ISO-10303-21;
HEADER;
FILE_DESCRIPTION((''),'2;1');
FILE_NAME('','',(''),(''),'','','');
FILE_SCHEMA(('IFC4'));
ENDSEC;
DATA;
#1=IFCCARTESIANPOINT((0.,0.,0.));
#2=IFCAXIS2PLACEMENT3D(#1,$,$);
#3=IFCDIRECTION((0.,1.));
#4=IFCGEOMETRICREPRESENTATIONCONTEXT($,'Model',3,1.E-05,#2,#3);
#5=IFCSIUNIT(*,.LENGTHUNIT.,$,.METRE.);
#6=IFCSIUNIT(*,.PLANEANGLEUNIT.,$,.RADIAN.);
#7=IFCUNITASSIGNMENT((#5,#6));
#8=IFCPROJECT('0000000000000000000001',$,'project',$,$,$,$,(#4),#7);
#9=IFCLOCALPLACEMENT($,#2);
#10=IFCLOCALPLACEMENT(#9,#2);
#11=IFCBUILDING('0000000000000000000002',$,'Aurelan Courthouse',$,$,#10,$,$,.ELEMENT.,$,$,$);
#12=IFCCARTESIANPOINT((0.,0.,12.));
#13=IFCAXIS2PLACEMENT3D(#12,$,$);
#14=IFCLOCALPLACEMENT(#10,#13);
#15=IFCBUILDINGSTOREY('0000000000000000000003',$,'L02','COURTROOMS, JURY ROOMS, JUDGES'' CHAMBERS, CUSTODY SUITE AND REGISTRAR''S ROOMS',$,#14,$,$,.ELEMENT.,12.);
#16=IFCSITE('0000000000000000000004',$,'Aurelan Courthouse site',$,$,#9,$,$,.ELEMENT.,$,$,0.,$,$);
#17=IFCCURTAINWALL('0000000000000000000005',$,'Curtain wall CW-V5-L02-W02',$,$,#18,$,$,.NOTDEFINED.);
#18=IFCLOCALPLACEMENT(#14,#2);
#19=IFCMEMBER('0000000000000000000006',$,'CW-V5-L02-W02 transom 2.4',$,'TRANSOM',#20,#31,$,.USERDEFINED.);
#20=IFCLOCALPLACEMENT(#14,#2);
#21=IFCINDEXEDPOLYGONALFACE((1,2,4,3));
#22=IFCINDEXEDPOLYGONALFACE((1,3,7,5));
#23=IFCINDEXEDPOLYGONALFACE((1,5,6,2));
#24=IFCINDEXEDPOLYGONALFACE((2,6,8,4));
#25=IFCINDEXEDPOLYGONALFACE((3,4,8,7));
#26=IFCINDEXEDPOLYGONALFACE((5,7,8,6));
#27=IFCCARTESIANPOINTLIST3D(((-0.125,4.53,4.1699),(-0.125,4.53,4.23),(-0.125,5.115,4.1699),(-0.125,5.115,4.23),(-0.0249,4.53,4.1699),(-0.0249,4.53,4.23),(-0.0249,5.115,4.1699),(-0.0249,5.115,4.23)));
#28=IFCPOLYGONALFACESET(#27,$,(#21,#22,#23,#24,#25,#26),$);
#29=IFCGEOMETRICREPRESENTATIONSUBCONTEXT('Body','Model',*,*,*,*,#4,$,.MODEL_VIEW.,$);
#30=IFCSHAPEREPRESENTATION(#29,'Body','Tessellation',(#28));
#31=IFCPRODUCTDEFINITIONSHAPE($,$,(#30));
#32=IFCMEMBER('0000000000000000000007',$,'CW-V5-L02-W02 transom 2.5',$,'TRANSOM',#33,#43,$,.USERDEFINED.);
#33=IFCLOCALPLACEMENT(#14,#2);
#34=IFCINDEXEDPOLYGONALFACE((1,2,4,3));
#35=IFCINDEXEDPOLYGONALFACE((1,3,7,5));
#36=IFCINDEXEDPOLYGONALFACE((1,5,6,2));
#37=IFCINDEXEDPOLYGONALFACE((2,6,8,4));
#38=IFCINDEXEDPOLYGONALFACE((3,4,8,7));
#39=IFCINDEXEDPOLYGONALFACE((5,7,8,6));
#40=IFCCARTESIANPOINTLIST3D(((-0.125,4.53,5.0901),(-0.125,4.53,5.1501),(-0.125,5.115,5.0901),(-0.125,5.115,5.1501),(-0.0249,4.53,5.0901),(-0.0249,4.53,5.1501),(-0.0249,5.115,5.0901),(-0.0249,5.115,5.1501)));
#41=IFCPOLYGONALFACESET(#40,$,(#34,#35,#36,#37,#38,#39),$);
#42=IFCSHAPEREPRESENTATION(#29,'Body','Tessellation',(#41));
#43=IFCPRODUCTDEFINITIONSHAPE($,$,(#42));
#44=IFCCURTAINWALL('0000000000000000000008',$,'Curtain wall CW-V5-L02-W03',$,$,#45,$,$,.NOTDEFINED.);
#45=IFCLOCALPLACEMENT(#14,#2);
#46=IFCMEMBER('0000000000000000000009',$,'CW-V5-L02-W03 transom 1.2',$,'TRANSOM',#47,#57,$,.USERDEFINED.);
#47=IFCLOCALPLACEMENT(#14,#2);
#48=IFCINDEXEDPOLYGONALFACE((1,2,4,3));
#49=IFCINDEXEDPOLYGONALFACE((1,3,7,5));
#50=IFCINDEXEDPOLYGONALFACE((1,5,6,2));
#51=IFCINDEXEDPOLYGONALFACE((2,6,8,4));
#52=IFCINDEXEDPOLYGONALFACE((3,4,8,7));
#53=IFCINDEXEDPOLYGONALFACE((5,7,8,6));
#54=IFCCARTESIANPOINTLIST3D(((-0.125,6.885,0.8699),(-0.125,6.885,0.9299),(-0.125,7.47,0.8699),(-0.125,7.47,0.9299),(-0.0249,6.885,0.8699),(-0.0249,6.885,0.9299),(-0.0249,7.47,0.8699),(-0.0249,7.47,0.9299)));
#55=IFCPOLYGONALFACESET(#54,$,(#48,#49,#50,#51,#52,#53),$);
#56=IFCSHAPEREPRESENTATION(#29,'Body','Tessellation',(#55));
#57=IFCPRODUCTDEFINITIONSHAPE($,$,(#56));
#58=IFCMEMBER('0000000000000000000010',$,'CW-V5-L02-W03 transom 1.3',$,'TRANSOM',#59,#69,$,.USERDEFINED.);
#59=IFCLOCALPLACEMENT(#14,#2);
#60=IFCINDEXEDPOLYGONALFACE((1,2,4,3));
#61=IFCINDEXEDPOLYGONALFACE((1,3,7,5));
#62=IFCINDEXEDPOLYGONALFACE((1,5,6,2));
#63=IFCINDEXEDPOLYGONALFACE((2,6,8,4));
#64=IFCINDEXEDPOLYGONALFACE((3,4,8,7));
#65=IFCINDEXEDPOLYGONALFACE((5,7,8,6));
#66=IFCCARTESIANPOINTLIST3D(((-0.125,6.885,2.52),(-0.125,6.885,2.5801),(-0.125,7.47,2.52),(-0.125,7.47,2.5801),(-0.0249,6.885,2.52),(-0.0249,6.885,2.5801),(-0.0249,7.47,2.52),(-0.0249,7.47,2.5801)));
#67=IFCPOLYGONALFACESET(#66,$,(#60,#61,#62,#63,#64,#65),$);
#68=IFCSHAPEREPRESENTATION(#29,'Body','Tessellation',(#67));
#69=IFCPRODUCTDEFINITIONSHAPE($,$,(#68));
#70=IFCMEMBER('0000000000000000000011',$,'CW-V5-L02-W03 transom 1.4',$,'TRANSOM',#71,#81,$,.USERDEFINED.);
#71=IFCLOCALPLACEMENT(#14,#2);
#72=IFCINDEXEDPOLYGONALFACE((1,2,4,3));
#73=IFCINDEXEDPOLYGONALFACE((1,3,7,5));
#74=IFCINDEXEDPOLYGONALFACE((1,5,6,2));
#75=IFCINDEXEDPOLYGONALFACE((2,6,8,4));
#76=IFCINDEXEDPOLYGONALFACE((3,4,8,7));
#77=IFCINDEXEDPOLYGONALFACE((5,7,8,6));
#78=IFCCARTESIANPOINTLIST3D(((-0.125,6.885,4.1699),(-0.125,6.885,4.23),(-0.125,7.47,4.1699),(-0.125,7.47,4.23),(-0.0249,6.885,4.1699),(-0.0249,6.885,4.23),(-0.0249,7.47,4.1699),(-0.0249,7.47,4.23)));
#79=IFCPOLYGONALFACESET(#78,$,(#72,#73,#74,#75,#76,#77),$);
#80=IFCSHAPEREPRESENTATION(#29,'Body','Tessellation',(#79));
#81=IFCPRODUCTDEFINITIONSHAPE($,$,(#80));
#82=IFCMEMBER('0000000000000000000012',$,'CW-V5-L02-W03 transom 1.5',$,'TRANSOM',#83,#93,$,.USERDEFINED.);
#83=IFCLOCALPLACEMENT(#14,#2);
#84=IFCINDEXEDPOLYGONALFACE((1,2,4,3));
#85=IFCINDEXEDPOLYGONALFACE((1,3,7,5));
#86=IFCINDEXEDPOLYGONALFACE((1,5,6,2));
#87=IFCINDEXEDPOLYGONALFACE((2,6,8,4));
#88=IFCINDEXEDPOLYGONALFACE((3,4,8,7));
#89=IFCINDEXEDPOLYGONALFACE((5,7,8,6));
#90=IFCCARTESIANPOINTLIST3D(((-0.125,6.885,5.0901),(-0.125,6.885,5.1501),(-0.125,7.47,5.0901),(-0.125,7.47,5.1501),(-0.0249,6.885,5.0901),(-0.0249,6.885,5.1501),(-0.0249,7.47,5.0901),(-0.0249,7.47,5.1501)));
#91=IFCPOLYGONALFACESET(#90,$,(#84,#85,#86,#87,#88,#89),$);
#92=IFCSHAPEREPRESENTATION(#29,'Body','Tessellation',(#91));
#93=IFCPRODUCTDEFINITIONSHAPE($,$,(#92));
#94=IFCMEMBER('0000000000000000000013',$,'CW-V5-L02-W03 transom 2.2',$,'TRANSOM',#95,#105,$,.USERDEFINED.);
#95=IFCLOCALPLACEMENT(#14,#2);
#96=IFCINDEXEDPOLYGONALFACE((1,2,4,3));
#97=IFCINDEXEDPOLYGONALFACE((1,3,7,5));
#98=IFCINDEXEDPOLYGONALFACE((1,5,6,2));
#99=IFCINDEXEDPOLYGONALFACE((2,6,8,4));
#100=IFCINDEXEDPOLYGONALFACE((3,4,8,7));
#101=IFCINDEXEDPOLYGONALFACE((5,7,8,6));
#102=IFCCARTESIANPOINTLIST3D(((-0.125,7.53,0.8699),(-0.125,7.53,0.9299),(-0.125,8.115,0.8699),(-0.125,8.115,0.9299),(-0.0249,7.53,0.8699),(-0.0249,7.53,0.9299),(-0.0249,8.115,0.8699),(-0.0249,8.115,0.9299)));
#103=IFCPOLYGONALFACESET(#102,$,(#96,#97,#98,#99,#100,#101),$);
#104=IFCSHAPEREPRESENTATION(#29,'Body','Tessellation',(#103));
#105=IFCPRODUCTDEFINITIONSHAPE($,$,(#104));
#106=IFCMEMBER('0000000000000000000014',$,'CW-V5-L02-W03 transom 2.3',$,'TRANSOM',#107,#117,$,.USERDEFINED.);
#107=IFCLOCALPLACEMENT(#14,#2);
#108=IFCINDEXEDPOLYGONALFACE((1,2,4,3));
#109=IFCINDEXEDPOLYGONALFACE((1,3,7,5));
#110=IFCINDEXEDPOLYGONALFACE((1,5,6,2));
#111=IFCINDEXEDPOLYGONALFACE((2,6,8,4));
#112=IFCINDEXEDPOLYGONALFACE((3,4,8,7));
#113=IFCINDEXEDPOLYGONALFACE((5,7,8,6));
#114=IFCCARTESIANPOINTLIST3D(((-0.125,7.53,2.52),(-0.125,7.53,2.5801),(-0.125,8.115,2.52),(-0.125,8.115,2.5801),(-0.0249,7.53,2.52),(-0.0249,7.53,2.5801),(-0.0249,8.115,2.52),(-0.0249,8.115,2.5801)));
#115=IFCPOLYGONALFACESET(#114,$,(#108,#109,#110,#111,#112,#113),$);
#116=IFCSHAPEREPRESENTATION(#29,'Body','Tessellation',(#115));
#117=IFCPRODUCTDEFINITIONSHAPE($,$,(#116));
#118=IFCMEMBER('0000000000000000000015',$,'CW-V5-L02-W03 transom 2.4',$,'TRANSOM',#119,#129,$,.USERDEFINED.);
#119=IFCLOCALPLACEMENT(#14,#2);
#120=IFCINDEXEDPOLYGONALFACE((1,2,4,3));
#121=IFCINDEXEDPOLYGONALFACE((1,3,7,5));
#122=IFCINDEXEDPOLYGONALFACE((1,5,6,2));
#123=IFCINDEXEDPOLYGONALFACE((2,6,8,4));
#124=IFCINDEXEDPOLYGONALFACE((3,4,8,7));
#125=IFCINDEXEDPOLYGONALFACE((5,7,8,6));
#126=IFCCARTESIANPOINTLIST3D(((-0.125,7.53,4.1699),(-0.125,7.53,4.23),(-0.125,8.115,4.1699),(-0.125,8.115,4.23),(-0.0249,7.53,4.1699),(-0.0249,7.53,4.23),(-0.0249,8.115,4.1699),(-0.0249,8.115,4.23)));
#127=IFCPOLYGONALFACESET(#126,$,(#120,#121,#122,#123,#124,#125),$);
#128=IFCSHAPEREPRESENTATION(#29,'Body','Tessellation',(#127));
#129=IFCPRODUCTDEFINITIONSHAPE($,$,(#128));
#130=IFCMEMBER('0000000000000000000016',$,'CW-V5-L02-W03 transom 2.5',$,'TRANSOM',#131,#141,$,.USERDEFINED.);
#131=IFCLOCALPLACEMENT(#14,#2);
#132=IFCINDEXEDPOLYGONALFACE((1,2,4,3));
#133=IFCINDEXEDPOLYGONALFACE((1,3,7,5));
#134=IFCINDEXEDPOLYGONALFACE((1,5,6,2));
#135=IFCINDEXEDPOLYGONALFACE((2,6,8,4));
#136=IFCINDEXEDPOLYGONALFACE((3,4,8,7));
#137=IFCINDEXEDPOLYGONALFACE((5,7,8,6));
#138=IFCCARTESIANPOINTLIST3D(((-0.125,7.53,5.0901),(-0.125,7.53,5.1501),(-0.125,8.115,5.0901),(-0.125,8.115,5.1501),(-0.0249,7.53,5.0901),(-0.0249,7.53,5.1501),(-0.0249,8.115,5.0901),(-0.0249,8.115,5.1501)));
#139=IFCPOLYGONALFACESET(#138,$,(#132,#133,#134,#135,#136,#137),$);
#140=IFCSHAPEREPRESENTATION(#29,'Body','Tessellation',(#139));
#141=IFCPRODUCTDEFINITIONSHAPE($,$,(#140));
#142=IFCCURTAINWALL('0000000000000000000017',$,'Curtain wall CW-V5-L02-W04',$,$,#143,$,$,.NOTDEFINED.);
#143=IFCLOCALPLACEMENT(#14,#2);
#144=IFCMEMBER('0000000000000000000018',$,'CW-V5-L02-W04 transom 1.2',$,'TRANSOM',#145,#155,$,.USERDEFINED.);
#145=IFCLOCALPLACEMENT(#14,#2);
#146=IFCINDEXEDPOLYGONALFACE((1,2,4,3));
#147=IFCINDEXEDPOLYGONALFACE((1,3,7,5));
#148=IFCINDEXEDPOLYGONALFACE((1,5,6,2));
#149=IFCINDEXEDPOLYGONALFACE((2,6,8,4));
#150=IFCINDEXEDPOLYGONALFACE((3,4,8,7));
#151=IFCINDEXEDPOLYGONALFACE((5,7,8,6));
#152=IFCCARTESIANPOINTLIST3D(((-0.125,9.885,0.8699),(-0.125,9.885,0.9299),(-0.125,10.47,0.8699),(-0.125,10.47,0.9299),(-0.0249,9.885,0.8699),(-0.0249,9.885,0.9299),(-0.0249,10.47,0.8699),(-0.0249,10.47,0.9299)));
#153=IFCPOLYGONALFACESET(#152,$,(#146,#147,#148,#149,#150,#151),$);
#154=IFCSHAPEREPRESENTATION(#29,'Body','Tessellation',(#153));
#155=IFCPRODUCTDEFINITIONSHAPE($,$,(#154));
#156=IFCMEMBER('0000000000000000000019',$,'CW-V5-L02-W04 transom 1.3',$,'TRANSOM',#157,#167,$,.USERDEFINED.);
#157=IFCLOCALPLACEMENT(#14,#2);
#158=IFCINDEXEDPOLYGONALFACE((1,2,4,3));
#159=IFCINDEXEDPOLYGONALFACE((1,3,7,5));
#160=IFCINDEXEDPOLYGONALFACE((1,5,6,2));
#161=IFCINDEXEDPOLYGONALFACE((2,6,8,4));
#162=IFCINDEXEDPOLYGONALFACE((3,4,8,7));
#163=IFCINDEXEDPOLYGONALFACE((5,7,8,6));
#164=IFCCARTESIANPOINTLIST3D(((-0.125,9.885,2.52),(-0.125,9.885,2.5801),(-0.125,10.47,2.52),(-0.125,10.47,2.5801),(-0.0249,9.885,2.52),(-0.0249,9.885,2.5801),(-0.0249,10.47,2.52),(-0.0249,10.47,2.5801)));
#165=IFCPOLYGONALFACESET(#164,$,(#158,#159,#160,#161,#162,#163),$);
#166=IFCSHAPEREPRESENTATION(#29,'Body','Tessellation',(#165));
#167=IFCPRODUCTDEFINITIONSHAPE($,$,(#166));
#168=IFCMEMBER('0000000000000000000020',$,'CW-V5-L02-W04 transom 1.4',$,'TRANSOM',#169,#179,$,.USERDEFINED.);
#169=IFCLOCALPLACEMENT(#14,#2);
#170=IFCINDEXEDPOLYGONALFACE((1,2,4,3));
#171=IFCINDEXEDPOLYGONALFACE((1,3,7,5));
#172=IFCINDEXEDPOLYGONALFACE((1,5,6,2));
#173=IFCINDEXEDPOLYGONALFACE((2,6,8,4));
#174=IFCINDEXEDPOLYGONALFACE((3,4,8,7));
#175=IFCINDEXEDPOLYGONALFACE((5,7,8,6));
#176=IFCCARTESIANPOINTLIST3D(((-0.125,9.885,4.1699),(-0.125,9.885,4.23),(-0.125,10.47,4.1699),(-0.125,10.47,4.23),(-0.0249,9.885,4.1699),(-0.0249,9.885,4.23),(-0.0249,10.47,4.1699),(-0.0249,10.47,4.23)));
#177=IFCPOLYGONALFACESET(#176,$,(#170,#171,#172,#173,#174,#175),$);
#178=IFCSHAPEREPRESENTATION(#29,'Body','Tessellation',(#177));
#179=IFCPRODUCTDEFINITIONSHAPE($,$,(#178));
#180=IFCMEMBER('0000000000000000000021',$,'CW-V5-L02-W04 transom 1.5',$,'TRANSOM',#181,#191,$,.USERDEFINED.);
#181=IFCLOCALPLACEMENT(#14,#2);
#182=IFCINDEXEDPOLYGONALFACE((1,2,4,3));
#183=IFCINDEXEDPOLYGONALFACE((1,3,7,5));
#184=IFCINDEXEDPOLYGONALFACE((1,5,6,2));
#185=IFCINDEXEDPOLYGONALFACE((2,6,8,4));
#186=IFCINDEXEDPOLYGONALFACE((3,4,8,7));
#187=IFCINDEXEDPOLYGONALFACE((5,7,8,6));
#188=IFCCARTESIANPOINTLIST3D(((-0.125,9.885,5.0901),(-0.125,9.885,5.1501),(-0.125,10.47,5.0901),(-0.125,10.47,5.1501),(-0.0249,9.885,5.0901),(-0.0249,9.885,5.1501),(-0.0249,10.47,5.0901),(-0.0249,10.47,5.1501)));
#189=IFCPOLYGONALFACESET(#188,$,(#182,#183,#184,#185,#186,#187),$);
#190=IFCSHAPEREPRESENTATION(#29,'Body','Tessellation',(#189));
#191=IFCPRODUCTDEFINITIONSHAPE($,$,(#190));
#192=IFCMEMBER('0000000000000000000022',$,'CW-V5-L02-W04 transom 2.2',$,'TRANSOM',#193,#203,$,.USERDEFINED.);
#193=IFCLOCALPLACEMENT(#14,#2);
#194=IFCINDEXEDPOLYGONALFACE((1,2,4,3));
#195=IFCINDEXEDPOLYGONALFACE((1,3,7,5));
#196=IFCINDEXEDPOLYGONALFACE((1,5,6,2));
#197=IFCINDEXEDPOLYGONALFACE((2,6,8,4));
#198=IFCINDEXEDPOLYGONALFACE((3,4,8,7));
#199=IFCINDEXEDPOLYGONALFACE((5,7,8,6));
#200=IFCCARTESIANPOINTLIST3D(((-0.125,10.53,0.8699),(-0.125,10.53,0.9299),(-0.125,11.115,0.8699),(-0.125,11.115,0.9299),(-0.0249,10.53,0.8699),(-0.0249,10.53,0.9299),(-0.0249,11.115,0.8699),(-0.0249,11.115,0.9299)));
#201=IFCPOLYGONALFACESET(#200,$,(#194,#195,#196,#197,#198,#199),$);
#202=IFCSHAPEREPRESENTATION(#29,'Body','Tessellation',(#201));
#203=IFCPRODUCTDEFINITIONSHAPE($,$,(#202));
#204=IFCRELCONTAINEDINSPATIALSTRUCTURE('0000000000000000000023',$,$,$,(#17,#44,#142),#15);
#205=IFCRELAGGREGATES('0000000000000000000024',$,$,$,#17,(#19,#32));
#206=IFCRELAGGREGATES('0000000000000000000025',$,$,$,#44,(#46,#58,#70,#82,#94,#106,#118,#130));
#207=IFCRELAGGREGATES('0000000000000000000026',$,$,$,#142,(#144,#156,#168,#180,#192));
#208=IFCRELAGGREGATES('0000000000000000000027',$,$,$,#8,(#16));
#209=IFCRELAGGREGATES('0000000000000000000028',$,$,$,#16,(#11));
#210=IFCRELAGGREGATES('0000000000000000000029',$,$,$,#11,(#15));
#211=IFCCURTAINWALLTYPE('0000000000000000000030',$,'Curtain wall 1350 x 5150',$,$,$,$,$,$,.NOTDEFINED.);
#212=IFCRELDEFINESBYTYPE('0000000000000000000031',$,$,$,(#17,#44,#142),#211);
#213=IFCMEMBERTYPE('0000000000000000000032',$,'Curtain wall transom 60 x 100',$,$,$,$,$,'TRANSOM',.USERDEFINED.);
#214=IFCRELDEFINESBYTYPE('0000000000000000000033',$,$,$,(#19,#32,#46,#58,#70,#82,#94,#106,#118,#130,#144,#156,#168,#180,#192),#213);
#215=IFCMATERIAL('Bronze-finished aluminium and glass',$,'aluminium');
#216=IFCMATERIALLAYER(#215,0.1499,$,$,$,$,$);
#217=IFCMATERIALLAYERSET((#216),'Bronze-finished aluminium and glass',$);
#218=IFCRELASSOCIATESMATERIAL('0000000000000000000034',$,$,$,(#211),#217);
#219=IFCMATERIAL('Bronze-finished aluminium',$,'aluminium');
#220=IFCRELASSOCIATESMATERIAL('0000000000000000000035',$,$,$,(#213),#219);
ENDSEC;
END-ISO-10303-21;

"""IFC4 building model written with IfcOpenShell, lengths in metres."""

from ifc_helpers import new_model, si_unit, direction, frame, origin, origin_2d, place, context, subcontext, project, spatial, rectangle, extrude, material, layer, layer_set, material_profile, profile_set, type_object, element, aggregate, save


model = new_model("IFC4")

# Units and contexts
model_context = context("Model", 3, precision=1e-05, world=origin(), true_north=direction((0.0, 1.0)))
body_context = subcontext(model_context, "Body", "Model", "MODEL_VIEW")
ifc_project = project(units=[si_unit("LENGTHUNIT", "METRE"), si_unit("PLANEANGLEUNIT", "RADIAN")], contexts=[model_context])

# Site, building, storey
site_placement = place(None, origin())
site = spatial("IfcSite", under=ifc_project, at=site_placement, Name="Aurelan Courthouse site", CompositionType="ELEMENT", RefElevation=0.0)
building_placement = place(site_placement, origin())
building = spatial("IfcBuilding", under=site, at=building_placement, Name="Aurelan Courthouse", CompositionType="ELEMENT")
storey_placement = place(building_placement, frame((0.0, 0.0, 12.0)))
storey = spatial("IfcBuildingStorey", under=building, at=storey_placement, Name="L02", Description="COURTROOMS, JURY ROOMS, JUDGES' CHAMBERS, CUSTODY SUITE AND REGISTRAR'S ROOMS", CompositionType="ELEMENT", Elevation=12.0)

# Curtain walls, members
ifc_material_1 = material(Name="Bronze-finished aluminium and glass", Category="aluminium")
ifc_layer_1 = layer(ifc_material_1, 0.1499)
ifc_layer_set_1 = layer_set([ifc_layer_1], Name="Bronze-finished aluminium and glass")
curtain_wall_type = type_object("IfcCurtainWallType", Name="Curtain wall 1350 x 5150", PredefinedType="NOTDEFINED", material=ifc_layer_set_1)
curtain_wall_1_placement = place(storey_placement, origin())
curtain_wall_1 = element("IfcCurtainWall", 1, at=curtain_wall_1_placement, inside=storey, type_object=curtain_wall_type, Name="Curtain wall CW-V5-L02-W02", PredefinedType="NOTDEFINED")
ifc_material_2 = material(Name="Bronze-finished aluminium", Category="aluminium")
ifc_material_profile = material_profile(ifc_material_2, rectangle(XDim=0.1001, YDim=0.0601, at=origin_2d()), Name="Bronze transom 60 x 100")
ifc_profile_set = profile_set([ifc_material_profile], Name="Bronze-finished aluminium")
member_type = type_object("IfcMemberType", Name="Curtain wall transom 60 x 100", ElementType="TRANSOM", PredefinedType="USERDEFINED", material=ifc_profile_set)
member_1_placement = place(storey_placement, frame((-0.075, 4.53, 4.2), z_axis=(0.0, 1.0, 0.0), x_axis=(-1.0, 0.0, 0.0)))
member_1 = element("IfcMember", 2, at=member_1_placement, type_object=member_type, Name="CW-V5-L02-W02 transom 2.4", ObjectType="TRANSOM", PredefinedType="USERDEFINED", context=body_context, shape_type="SweptSolid", body=[
    extrude(rectangle(XDim=0.1001, YDim=0.0601, at=origin_2d()), origin(), (0.0, 0.0, 1.0), 0.585),
])
member_2_placement = place(storey_placement, frame((-0.075, 4.53, 5.1201), z_axis=(0.0, 1.0, 0.0), x_axis=(-1.0, 0.0, 0.0)))
member_2 = element("IfcMember", 3, at=member_2_placement, type_object=member_type, Name="CW-V5-L02-W02 transom 2.5", ObjectType="TRANSOM", PredefinedType="USERDEFINED", context=body_context, shape_type="SweptSolid", body=[
    extrude(rectangle(XDim=0.1001, YDim=0.0601, at=origin_2d()), origin(), (0.0, 0.0, 1.0), 0.585),
])
curtain_wall_2_placement = place(storey_placement, origin())
curtain_wall_2 = element("IfcCurtainWall", 4, at=curtain_wall_2_placement, inside=storey, type_object=curtain_wall_type, Name="Curtain wall CW-V5-L02-W03", PredefinedType="NOTDEFINED")
member_3_placement = place(storey_placement, frame((-0.075, 6.885, 0.8999), z_axis=(0.0, 1.0, 0.0), x_axis=(-1.0, 0.0, 0.0)))
member_3 = element("IfcMember", 5, at=member_3_placement, type_object=member_type, Name="CW-V5-L02-W03 transom 1.2", ObjectType="TRANSOM", PredefinedType="USERDEFINED", context=body_context, shape_type="SweptSolid", body=[
    extrude(rectangle(XDim=0.1001, YDim=0.0601, at=origin_2d()), origin(), (0.0, 0.0, 1.0), 0.585),
])
member_4_placement = place(storey_placement, frame((-0.075, 6.885, 2.55), z_axis=(0.0, 1.0, 0.0), x_axis=(-1.0, 0.0, 0.0)))
member_4 = element("IfcMember", 6, at=member_4_placement, type_object=member_type, Name="CW-V5-L02-W03 transom 1.3", ObjectType="TRANSOM", PredefinedType="USERDEFINED", context=body_context, shape_type="SweptSolid", body=[
    extrude(rectangle(XDim=0.1001, YDim=0.0601, at=origin_2d()), origin(), (0.0, 0.0, 1.0), 0.585),
])
member_5_placement = place(storey_placement, frame((-0.075, 6.885, 4.2), z_axis=(0.0, 1.0, 0.0), x_axis=(-1.0, 0.0, 0.0)))
member_5 = element("IfcMember", 7, at=member_5_placement, type_object=member_type, Name="CW-V5-L02-W03 transom 1.4", ObjectType="TRANSOM", PredefinedType="USERDEFINED", context=body_context, shape_type="SweptSolid", body=[
    extrude(rectangle(XDim=0.1001, YDim=0.0601, at=origin_2d()), origin(), (0.0, 0.0, 1.0), 0.585),
])
member_6_placement = place(storey_placement, frame((-0.075, 6.885, 5.1201), z_axis=(0.0, 1.0, 0.0), x_axis=(-1.0, 0.0, 0.0)))
member_6 = element("IfcMember", 8, at=member_6_placement, type_object=member_type, Name="CW-V5-L02-W03 transom 1.5", ObjectType="TRANSOM", PredefinedType="USERDEFINED", context=body_context, shape_type="SweptSolid", body=[
    extrude(rectangle(XDim=0.1001, YDim=0.0601, at=origin_2d()), origin(), (0.0, 0.0, 1.0), 0.585),
])
member_7_placement = place(storey_placement, frame((-0.075, 7.53, 0.8999), z_axis=(0.0, 1.0, 0.0), x_axis=(-1.0, 0.0, 0.0)))
member_7 = element("IfcMember", 9, at=member_7_placement, type_object=member_type, Name="CW-V5-L02-W03 transom 2.2", ObjectType="TRANSOM", PredefinedType="USERDEFINED", context=body_context, shape_type="SweptSolid", body=[
    extrude(rectangle(XDim=0.1001, YDim=0.0601, at=origin_2d()), origin(), (0.0, 0.0, 1.0), 0.585),
])
member_8_placement = place(storey_placement, frame((-0.075, 7.53, 2.55), z_axis=(0.0, 1.0, 0.0), x_axis=(-1.0, 0.0, 0.0)))
member_8 = element("IfcMember", 10, at=member_8_placement, type_object=member_type, Name="CW-V5-L02-W03 transom 2.3", ObjectType="TRANSOM", PredefinedType="USERDEFINED", context=body_context, shape_type="SweptSolid", body=[
    extrude(rectangle(XDim=0.1001, YDim=0.0601, at=origin_2d()), origin(), (0.0, 0.0, 1.0), 0.585),
])
member_9_placement = place(storey_placement, frame((-0.075, 7.53, 4.2), z_axis=(0.0, 1.0, 0.0), x_axis=(-1.0, 0.0, 0.0)))
member_9 = element("IfcMember", 11, at=member_9_placement, type_object=member_type, Name="CW-V5-L02-W03 transom 2.4", ObjectType="TRANSOM", PredefinedType="USERDEFINED", context=body_context, shape_type="SweptSolid", body=[
    extrude(rectangle(XDim=0.1001, YDim=0.0601, at=origin_2d()), origin(), (0.0, 0.0, 1.0), 0.585),
])
member_10_placement = place(storey_placement, frame((-0.075, 7.53, 5.1201), z_axis=(0.0, 1.0, 0.0), x_axis=(-1.0, 0.0, 0.0)))
member_10 = element("IfcMember", 12, at=member_10_placement, type_object=member_type, Name="CW-V5-L02-W03 transom 2.5", ObjectType="TRANSOM", PredefinedType="USERDEFINED", context=body_context, shape_type="SweptSolid", body=[
    extrude(rectangle(XDim=0.1001, YDim=0.0601, at=origin_2d()), origin(), (0.0, 0.0, 1.0), 0.585),
])
curtain_wall_3_placement = place(storey_placement, origin())
curtain_wall_3 = element("IfcCurtainWall", 13, at=curtain_wall_3_placement, inside=storey, type_object=curtain_wall_type, Name="Curtain wall CW-V5-L02-W04", PredefinedType="NOTDEFINED")
member_11_placement = place(storey_placement, frame((-0.075, 9.885, 0.8999), z_axis=(0.0, 1.0, 0.0), x_axis=(-1.0, 0.0, 0.0)))
member_11 = element("IfcMember", 14, at=member_11_placement, type_object=member_type, Name="CW-V5-L02-W04 transom 1.2", ObjectType="TRANSOM", PredefinedType="USERDEFINED", context=body_context, shape_type="SweptSolid", body=[
    extrude(rectangle(XDim=0.1001, YDim=0.0601, at=origin_2d()), origin(), (0.0, 0.0, 1.0), 0.585),
])
member_12_placement = place(storey_placement, frame((-0.075, 9.885, 2.55), z_axis=(0.0, 1.0, 0.0), x_axis=(-1.0, 0.0, 0.0)))
member_12 = element("IfcMember", 15, at=member_12_placement, type_object=member_type, Name="CW-V5-L02-W04 transom 1.3", ObjectType="TRANSOM", PredefinedType="USERDEFINED", context=body_context, shape_type="SweptSolid", body=[
    extrude(rectangle(XDim=0.1001, YDim=0.0601, at=origin_2d()), origin(), (0.0, 0.0, 1.0), 0.585),
])
member_13_placement = place(storey_placement, frame((-0.075, 9.885, 4.2), z_axis=(0.0, 1.0, 0.0), x_axis=(-1.0, 0.0, 0.0)))
member_13 = element("IfcMember", 16, at=member_13_placement, type_object=member_type, Name="CW-V5-L02-W04 transom 1.4", ObjectType="TRANSOM", PredefinedType="USERDEFINED", context=body_context, shape_type="SweptSolid", body=[
    extrude(rectangle(XDim=0.1001, YDim=0.0601, at=origin_2d()), origin(), (0.0, 0.0, 1.0), 0.585),
])
member_14_placement = place(storey_placement, frame((-0.075, 9.885, 5.1201), z_axis=(0.0, 1.0, 0.0), x_axis=(-1.0, 0.0, 0.0)))
member_14 = element("IfcMember", 17, at=member_14_placement, type_object=member_type, Name="CW-V5-L02-W04 transom 1.5", ObjectType="TRANSOM", PredefinedType="USERDEFINED", context=body_context, shape_type="SweptSolid", body=[
    extrude(rectangle(XDim=0.1001, YDim=0.0601, at=origin_2d()), origin(), (0.0, 0.0, 1.0), 0.585),
])
member_15_placement = place(storey_placement, frame((-0.075, 10.53, 0.8999), z_axis=(0.0, 1.0, 0.0), x_axis=(-1.0, 0.0, 0.0)))
member_15 = element("IfcMember", 18, at=member_15_placement, type_object=member_type, Name="CW-V5-L02-W04 transom 2.2", ObjectType="TRANSOM", PredefinedType="USERDEFINED", context=body_context, shape_type="SweptSolid", body=[
    extrude(rectangle(XDim=0.1001, YDim=0.0601, at=origin_2d()), origin(), (0.0, 0.0, 1.0), 0.585),
])

aggregate(curtain_wall_1, [member_1, member_2])
aggregate(curtain_wall_2, [member_3, member_4, member_5, member_6, member_7, member_8, member_9, member_10])
aggregate(curtain_wall_3, [member_11, member_12, member_13, member_14, member_15])

save(model, "model.ifc")
